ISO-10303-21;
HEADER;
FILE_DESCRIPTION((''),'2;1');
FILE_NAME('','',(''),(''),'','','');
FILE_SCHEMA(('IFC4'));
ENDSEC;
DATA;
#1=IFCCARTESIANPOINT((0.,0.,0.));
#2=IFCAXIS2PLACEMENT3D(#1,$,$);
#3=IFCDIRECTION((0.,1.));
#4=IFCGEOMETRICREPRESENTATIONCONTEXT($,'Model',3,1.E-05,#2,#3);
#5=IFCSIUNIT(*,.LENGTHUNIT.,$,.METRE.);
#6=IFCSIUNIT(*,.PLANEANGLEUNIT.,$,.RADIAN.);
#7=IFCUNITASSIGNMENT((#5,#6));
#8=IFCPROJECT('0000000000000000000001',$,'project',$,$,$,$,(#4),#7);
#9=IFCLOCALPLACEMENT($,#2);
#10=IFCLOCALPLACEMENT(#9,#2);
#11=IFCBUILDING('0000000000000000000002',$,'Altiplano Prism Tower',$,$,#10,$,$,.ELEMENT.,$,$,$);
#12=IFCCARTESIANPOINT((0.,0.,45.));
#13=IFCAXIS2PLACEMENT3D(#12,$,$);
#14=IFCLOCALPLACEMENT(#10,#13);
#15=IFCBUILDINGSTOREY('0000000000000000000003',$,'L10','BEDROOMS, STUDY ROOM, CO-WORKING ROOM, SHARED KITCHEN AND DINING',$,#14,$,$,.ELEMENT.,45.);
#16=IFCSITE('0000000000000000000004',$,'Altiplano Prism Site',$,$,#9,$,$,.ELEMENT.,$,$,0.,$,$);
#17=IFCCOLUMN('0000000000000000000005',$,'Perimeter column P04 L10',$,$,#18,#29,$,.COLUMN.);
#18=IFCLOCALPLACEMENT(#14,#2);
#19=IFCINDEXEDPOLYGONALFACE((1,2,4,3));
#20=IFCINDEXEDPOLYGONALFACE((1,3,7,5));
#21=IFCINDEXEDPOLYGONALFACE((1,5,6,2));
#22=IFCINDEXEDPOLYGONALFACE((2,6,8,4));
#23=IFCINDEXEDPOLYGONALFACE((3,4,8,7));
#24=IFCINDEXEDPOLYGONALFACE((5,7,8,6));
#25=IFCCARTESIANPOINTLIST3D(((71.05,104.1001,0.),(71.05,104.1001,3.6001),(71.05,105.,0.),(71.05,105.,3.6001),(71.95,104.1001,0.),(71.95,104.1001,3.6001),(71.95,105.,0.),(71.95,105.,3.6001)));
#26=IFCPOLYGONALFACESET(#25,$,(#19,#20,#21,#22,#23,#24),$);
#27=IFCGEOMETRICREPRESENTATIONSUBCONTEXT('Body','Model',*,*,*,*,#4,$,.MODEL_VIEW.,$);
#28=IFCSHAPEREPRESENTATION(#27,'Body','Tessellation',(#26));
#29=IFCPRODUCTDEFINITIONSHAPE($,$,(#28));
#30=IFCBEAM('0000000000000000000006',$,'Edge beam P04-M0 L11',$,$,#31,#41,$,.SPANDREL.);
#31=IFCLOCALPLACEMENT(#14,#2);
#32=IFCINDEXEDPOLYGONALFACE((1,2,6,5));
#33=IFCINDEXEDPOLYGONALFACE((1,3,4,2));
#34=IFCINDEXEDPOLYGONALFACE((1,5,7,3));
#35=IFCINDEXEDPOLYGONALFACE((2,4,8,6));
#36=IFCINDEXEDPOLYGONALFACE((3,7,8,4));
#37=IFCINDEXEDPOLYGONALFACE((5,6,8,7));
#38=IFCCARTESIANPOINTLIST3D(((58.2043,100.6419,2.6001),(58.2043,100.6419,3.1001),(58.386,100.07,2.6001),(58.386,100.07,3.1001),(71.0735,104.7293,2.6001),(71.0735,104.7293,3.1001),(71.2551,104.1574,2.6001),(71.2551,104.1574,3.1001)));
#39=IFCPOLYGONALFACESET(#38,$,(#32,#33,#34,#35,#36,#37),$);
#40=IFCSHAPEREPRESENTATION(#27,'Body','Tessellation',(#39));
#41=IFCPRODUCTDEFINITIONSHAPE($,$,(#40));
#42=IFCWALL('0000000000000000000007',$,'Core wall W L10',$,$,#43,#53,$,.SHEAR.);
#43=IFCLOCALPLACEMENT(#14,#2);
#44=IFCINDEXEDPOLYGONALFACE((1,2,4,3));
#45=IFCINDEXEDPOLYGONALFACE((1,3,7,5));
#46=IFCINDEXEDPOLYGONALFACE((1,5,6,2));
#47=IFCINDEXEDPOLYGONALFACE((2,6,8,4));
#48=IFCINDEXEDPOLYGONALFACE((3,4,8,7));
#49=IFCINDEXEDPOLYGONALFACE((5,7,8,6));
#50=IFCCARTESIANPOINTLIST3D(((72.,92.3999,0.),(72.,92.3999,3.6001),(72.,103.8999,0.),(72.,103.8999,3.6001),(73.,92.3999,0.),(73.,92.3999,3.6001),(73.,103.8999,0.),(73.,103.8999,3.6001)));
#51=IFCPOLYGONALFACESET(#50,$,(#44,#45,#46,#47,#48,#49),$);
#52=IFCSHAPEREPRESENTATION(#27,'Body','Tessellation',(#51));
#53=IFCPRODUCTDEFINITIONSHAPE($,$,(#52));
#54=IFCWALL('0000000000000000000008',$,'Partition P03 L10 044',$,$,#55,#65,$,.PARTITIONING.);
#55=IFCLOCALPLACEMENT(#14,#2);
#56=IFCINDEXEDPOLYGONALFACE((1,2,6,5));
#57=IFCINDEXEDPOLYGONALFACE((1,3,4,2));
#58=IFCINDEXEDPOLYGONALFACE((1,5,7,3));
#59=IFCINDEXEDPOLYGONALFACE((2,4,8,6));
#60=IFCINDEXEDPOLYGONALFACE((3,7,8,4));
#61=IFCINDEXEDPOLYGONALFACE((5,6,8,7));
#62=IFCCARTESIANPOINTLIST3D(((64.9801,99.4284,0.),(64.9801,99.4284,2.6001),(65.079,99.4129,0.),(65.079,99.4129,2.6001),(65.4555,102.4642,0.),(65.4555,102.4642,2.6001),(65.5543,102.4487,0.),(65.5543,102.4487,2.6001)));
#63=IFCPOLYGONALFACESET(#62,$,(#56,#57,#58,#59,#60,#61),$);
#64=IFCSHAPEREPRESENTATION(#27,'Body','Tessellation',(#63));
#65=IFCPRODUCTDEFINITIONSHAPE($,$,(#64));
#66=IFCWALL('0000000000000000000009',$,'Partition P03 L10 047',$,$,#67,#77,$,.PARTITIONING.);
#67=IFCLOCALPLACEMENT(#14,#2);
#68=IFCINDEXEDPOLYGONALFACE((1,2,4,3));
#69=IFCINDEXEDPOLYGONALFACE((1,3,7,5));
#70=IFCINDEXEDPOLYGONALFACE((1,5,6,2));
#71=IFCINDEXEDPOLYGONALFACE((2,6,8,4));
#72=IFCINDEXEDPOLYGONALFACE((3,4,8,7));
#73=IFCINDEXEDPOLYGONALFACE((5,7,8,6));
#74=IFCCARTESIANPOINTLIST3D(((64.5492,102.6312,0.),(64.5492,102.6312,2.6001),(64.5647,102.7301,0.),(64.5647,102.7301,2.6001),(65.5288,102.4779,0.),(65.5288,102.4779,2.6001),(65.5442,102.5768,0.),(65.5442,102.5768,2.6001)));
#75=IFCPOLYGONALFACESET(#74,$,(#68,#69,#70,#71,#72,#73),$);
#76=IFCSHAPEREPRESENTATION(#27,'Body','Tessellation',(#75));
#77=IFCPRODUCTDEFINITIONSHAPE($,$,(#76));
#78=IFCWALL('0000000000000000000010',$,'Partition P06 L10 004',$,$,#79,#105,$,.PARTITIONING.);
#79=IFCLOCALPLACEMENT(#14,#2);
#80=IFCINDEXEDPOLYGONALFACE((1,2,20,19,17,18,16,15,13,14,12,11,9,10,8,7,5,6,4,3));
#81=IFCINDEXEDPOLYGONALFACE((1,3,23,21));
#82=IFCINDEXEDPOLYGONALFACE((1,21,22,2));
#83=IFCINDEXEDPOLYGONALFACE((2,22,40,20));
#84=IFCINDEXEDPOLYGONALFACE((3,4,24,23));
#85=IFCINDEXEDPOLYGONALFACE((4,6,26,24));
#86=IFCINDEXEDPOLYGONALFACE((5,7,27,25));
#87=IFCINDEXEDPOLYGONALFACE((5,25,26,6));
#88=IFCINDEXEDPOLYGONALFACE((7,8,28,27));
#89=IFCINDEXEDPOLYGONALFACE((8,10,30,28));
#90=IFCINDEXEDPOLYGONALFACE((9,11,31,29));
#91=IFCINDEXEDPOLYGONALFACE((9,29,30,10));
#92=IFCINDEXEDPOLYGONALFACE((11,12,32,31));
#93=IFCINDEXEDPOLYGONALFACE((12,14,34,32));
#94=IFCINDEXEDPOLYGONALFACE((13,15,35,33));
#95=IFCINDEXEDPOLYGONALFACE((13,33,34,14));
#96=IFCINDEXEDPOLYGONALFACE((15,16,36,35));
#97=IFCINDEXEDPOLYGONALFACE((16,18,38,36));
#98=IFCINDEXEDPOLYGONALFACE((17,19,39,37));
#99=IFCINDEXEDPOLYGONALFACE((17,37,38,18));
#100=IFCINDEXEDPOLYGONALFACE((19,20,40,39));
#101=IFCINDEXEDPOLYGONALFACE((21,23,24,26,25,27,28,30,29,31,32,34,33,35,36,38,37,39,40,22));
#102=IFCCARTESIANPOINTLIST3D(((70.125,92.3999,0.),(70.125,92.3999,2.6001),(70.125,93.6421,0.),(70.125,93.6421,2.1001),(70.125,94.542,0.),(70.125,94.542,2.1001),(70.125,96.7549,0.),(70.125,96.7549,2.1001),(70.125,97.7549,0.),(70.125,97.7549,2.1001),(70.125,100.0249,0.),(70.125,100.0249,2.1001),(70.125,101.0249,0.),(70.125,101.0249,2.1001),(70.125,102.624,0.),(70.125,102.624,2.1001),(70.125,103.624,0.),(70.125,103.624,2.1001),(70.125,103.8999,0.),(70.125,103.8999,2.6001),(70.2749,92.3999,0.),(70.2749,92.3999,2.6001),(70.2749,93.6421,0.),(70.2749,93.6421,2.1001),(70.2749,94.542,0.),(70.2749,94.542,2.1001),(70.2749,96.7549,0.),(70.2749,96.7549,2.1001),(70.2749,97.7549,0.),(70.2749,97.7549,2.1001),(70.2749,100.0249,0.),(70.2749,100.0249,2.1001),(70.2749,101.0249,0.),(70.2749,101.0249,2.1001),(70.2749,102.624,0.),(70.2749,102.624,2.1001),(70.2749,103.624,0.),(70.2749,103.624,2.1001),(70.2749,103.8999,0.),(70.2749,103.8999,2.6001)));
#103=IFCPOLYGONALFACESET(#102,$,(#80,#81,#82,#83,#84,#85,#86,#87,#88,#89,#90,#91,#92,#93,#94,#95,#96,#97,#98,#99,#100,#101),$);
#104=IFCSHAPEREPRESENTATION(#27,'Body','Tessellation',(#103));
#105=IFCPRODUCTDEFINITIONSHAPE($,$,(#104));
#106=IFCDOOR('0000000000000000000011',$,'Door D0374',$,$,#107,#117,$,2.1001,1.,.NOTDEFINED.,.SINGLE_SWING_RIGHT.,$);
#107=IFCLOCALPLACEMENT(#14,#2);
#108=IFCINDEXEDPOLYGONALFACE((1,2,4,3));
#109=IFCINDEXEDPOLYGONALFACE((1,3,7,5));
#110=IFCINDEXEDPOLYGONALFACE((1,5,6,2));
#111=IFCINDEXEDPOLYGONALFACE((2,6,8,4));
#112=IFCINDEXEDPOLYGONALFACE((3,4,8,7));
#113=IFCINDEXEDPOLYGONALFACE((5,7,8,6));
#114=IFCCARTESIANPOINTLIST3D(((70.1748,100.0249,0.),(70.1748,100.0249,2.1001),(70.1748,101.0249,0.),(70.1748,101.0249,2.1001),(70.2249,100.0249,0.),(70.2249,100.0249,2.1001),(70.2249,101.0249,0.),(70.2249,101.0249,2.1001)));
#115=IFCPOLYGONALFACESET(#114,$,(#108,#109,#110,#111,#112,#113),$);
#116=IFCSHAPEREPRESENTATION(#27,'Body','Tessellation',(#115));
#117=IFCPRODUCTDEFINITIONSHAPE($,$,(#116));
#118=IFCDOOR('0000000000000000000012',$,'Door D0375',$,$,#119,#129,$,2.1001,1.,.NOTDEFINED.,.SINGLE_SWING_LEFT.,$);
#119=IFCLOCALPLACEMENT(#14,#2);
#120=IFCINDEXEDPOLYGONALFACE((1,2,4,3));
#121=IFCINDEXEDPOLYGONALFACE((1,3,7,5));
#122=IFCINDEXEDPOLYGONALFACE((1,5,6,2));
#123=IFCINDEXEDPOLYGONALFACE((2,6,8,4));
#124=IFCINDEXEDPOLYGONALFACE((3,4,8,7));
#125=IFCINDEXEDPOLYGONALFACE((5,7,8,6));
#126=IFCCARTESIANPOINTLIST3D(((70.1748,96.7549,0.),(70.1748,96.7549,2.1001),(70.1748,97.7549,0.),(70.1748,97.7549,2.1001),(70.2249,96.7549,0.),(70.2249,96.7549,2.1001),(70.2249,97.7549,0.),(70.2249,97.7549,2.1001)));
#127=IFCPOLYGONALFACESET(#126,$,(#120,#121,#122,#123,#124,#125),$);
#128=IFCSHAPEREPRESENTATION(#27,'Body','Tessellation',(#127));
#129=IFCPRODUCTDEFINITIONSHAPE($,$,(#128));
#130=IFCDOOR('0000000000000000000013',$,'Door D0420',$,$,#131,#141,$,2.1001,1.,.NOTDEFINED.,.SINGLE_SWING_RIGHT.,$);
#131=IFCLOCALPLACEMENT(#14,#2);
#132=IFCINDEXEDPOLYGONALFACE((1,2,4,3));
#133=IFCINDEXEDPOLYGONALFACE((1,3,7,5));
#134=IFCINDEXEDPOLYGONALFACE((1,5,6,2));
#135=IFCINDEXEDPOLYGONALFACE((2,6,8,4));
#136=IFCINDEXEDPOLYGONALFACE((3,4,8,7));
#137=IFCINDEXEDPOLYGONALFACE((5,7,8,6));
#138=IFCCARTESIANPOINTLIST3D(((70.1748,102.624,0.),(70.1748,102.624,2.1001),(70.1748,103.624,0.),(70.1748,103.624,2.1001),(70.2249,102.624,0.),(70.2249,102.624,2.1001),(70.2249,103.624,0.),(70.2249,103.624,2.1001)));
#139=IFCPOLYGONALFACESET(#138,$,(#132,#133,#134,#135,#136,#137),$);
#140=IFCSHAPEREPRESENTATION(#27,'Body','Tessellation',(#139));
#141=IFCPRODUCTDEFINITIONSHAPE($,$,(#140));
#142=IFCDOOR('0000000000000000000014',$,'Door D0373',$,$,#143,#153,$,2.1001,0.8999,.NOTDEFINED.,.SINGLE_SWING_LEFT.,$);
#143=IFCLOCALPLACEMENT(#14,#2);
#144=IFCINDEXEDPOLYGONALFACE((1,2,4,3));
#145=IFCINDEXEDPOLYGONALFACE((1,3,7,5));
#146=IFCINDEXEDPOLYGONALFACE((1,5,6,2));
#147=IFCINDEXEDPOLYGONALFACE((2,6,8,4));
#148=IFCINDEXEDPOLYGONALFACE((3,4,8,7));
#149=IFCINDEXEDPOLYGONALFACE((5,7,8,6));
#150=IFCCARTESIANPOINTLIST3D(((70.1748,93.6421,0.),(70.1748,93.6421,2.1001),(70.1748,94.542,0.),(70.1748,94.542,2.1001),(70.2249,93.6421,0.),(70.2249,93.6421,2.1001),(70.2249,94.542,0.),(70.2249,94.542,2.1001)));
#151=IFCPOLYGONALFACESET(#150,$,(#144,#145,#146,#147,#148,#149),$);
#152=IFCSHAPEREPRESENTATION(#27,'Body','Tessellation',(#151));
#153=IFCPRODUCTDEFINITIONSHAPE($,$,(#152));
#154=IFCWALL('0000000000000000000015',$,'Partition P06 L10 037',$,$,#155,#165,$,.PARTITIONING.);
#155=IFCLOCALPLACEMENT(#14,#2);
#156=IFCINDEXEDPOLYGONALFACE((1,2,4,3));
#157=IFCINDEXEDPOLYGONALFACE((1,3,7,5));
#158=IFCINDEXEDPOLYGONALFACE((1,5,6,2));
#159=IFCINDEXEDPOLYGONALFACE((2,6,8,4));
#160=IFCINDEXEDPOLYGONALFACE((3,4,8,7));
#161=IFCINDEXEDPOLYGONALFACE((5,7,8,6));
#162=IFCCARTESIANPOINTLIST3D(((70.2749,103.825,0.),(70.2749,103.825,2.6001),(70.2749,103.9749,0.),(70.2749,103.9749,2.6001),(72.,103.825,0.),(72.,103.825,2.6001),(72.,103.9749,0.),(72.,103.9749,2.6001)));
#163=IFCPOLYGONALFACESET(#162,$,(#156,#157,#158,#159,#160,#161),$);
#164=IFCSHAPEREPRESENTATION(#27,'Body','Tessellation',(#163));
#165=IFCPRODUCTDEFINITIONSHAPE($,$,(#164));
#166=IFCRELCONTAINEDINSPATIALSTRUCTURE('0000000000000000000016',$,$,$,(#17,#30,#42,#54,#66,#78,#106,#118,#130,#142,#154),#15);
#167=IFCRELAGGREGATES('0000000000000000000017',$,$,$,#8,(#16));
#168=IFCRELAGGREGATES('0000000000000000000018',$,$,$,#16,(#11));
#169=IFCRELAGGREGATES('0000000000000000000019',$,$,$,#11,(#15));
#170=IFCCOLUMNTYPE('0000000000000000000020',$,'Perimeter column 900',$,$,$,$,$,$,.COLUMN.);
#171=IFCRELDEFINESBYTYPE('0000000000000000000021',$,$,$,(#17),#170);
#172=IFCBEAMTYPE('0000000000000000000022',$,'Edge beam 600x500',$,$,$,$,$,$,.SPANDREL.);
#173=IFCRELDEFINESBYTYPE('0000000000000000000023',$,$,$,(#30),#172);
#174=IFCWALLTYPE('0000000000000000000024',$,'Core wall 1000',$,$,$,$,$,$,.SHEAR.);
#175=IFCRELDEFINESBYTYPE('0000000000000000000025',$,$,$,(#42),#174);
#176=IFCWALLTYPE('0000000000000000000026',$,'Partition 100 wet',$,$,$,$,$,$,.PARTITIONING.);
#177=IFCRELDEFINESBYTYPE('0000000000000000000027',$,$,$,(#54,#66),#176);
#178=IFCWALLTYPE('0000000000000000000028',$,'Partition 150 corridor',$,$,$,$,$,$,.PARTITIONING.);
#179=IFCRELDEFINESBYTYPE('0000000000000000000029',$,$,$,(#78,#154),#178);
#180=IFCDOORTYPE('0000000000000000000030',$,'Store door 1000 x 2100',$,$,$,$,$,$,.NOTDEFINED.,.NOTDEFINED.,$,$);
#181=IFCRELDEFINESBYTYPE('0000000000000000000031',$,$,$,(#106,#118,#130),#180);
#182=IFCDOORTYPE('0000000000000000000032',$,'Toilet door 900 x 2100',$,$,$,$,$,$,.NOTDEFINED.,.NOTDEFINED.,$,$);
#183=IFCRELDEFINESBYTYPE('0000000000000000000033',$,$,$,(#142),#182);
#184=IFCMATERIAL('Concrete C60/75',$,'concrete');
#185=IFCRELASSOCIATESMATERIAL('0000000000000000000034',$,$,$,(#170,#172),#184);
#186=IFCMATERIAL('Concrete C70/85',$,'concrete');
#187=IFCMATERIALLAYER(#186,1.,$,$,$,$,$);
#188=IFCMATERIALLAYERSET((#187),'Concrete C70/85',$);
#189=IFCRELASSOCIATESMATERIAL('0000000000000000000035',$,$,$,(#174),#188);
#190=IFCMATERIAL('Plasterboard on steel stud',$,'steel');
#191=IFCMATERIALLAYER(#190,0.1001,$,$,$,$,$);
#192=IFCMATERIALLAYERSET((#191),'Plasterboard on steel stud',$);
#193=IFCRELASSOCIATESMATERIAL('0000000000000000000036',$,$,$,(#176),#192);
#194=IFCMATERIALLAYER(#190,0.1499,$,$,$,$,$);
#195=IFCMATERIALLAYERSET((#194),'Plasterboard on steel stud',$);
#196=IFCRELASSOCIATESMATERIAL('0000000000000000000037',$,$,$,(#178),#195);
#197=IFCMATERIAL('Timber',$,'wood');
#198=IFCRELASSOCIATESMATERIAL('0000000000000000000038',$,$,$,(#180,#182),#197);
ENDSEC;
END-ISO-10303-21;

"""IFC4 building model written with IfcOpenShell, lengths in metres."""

from ifc_helpers import new_model, si_unit, direction, frame, frame_2d, origin, origin_2d, place, context, subcontext, project, spatial, rectangle, extrude, material, layer, layer_set, material_profile, profile_set, type_object, element, fill, save


model = new_model("IFC4")

# Units and contexts
model_context = context("Model", 3, precision=1e-05, world=origin(), true_north=direction((0.0, 1.0)))
body_context = subcontext(model_context, "Body", "Model", "MODEL_VIEW")
ifc_project = project(units=[si_unit("LENGTHUNIT", "METRE"), si_unit("PLANEANGLEUNIT", "RADIAN")], contexts=[model_context])

# Site, building, storey
site_placement = place(None, origin())
site = spatial("IfcSite", under=ifc_project, at=site_placement, Name="Altiplano Prism Site", CompositionType="ELEMENT", RefElevation=0.0)
building_placement = place(site_placement, origin())
building = spatial("IfcBuilding", under=site, at=building_placement, Name="Altiplano Prism Tower", CompositionType="ELEMENT")
storey_placement = place(building_placement, frame((0.0, 0.0, 45.0)))
storey = spatial("IfcBuildingStorey", under=building, at=storey_placement, Name="L10", Description="BEDROOMS, STUDY ROOM, CO-WORKING ROOM, SHARED KITCHEN AND DINING", CompositionType="ELEMENT", Elevation=45.0)

# Column
ifc_material_1 = material(Name="Concrete C60/75", Category="concrete")
ifc_material_profile_1 = material_profile(ifc_material_1, rectangle(XDim=0.8999, YDim=0.8999, at=origin_2d()), Name="Perimeter column 900")
ifc_profile_set_1 = profile_set([ifc_material_profile_1], Name="Concrete C60/75")
column_type = type_object("IfcColumnType", Name="Perimeter column 900", PredefinedType="COLUMN", material=ifc_profile_set_1)
column_placement = place(storey_placement, frame((71.5, 104.55, 0.0), z_axis=(0.0, 0.0, 1.0), x_axis=(1.0, 0.0, 0.0)))
element("IfcColumn", 1, at=column_placement, inside=storey, type_object=column_type, Name="Perimeter column P04 L10", PredefinedType="COLUMN", context=body_context, shape_type="SweptSolid", body=[
    extrude(rectangle(XDim=0.8999, YDim=0.8999, at=origin_2d()), origin(), (0.0, 0.0, 1.0), 3.6001),
])

# Beam
ifc_material_profile_2 = material_profile(ifc_material_1, rectangle(XDim=0.6001, YDim=0.5, at=origin_2d()), Name="Edge beam 600x500")
ifc_profile_set_2 = profile_set([ifc_material_profile_2], Name="Concrete C60/75")
beam_type = type_object("IfcBeamType", Name="Edge beam 600x500", PredefinedType="SPANDREL", material=ifc_profile_set_2)
beam_placement = place(storey_placement, frame((71.1643, 104.4434, 2.8501), z_axis=(-0.953082, -0.302711, 0.0), x_axis=(0.302711, -0.953082, 0.0)))
element("IfcBeam", 2, at=beam_placement, inside=storey, type_object=beam_type, Name="Edge beam P04-M0 L11", PredefinedType="SPANDREL", context=body_context, shape_type="SweptSolid", body=[
    extrude(rectangle(XDim=0.6001, YDim=0.5, at=origin_2d()), origin(), (0.0, 0.0, 1.0), 13.5027),
])

# Walls
ifc_material_2 = material(Name="Concrete C70/85", Category="concrete")
ifc_layer_1 = layer(ifc_material_2, 1.0)
ifc_layer_set_1 = layer_set([ifc_layer_1], Name="Concrete C70/85")
wall_type_1 = type_object("IfcWallType", Name="Core wall 1000", PredefinedType="SHEAR", material=ifc_layer_set_1)
wall_1_placement = place(storey_placement, frame((72.5, 103.8999, 0.0), z_axis=(0.0, 0.0, 1.0), x_axis=(0.0, -1.0, 0.0)))
element("IfcWall", 3, at=wall_1_placement, inside=storey, type_object=wall_type_1, Name="Core wall W L10", PredefinedType="SHEAR", context=body_context, shape_type="SweptSolid", body=[
    extrude(rectangle(XDim=11.5, YDim=1.0, at=frame_2d((5.75, 0.0))), origin(), (0.0, 0.0, 1.0), 3.6001),
])
ifc_material_3 = material(Name="Plasterboard on steel stud", Category="steel")
ifc_layer_2 = layer(ifc_material_3, 0.1001)
ifc_layer_set_2 = layer_set([ifc_layer_2], Name="Plasterboard on steel stud")
wall_type_2 = type_object("IfcWallType", Name="Partition 100 wet", PredefinedType="PARTITIONING", material=ifc_layer_set_2)
wall_2_placement = place(storey_placement, frame((65.0295, 99.4207, 0.0), z_axis=(0.0, 0.0, 1.0), x_axis=(0.154702, 0.987961, 0.0)))
element("IfcWall", 4, at=wall_2_placement, inside=storey, type_object=wall_type_2, Name="Partition P03 L10 044", PredefinedType="PARTITIONING", context=body_context, shape_type="SweptSolid", body=[
    extrude(rectangle(XDim=3.0728, YDim=0.1001, at=frame_2d((1.5364, 0.0))), origin(), (0.0, 0.0, 1.0), 2.6001),
])
wall_3_placement = place(storey_placement, frame((65.5364, 102.5273, 0.0), z_axis=(0.0, 0.0, 1.0), x_axis=(-0.98797, 0.154647, 0.0)))
element("IfcWall", 5, at=wall_3_placement, inside=storey, type_object=wall_type_2, Name="Partition P03 L10 047", PredefinedType="PARTITIONING", context=body_context, shape_type="SweptSolid", body=[
    extrude(rectangle(XDim=0.9915, YDim=0.1001, at=frame_2d((0.4956, 0.0))), origin(), (0.0, 0.0, 1.0), 2.6001),
])

# Wall, openings, doors
ifc_layer_3 = layer(ifc_material_3, 0.1499)
ifc_layer_set_3 = layer_set([ifc_layer_3], Name="Plasterboard on steel stud")
wall_type_3 = type_object("IfcWallType", Name="Partition 150 corridor", PredefinedType="PARTITIONING", material=ifc_layer_set_3)
wall_4_placement = place(storey_placement, frame((70.2, 103.8999, 0.0), z_axis=(0.0, 0.0, 1.0), x_axis=(0.0, -1.0, 0.0)))
wall_4 = element("IfcWall", 6, at=wall_4_placement, inside=storey, type_object=wall_type_3, Name="Partition P06 L10 004", PredefinedType="PARTITIONING", context=body_context, shape_type="SweptSolid", body=[
    extrude(rectangle(XDim=11.5, YDim=0.1499, at=frame_2d((5.75, 0.0))), origin(), (0.0, 0.0, 1.0), 2.6001),
])
opening_1_placement = place(wall_4_placement, frame((9.3579, 0.0, 0.0)))
opening_1 = element("IfcOpeningElement", 7, at=opening_1_placement, cuts=wall_4, PredefinedType="OPENING", context=body_context, shape_type="SweptSolid", body=[
    extrude(rectangle(XDim=0.8999, YDim=2.1001, at=frame_2d((0.45, 1.05))), frame((0.0, 0.0854, 0.0), z_axis=(0.0, -1.0, 0.0), x_axis=(1.0, 0.0, 0.0)), (0.0, 0.0, 1.0), 0.1709),
])
opening_2_placement = place(wall_4_placement, frame((2.875, 0.0, 0.0)))
opening_2 = element("IfcOpeningElement", 8, at=opening_2_placement, cuts=wall_4, PredefinedType="OPENING", context=body_context, shape_type="SweptSolid", body=[
    extrude(rectangle(XDim=1.0, YDim=2.1001, at=frame_2d((0.5, 1.05))), frame((0.0, 0.0854, 0.0), z_axis=(0.0, -1.0, 0.0), x_axis=(1.0, 0.0, 0.0)), (0.0, 0.0, 1.0), 0.1709),
])
opening_3_placement = place(wall_4_placement, frame((6.145, 0.0, 0.0)))
opening_3 = element("IfcOpeningElement", 9, at=opening_3_placement, cuts=wall_4, PredefinedType="OPENING", context=body_context, shape_type="SweptSolid", body=[
    extrude(rectangle(XDim=1.0, YDim=2.1001, at=frame_2d((0.5, 1.05))), frame((0.0, 0.0854, 0.0), z_axis=(0.0, -1.0, 0.0), x_axis=(1.0, 0.0, 0.0)), (0.0, 0.0, 1.0), 0.1709),
])
opening_4_placement = place(wall_4_placement, frame((0.2759, 0.0, 0.0)))
opening_4 = element("IfcOpeningElement", 10, at=opening_4_placement, cuts=wall_4, PredefinedType="OPENING", context=body_context, shape_type="SweptSolid", body=[
    extrude(rectangle(XDim=1.0, YDim=2.1001, at=frame_2d((0.5, 1.05))), frame((0.0, 0.0854, 0.0), z_axis=(0.0, -1.0, 0.0), x_axis=(1.0, 0.0, 0.0)), (0.0, 0.0, 1.0), 0.1709),
])
ifc_material_4 = material(Name="Timber", Category="wood")
door_type_1 = type_object("IfcDoorType", Name="Store door 1000 x 2100", OperationType="NOTDEFINED", PredefinedType="NOTDEFINED", material=ifc_material_4)
door_1_placement = place(opening_2_placement, origin())
door_1 = element("IfcDoor", 11, at=door_1_placement, inside=storey, type_object=door_type_1, Name="Door D0374", OperationType="SINGLE_SWING_RIGHT", OverallHeight=2.1001, OverallWidth=1.0, PredefinedType="NOTDEFINED", context=body_context, shape_type="SweptSolid", body=[
    extrude(rectangle(XDim=1.0, YDim=2.1001, at=frame_2d((0.5, 1.05))), frame((0.0, 0.0249, 0.0), z_axis=(0.0, -1.0, 0.0), x_axis=(1.0, 0.0, 0.0)), (0.0, 0.0, 1.0), 0.05),
])
fill(opening_2, door_1)
door_2_placement = place(opening_3_placement, origin())
door_2 = element("IfcDoor", 12, at=door_2_placement, inside=storey, type_object=door_type_1, Name="Door D0375", OperationType="SINGLE_SWING_LEFT", OverallHeight=2.1001, OverallWidth=1.0, PredefinedType="NOTDEFINED", context=body_context, shape_type="SweptSolid", body=[
    extrude(rectangle(XDim=1.0, YDim=2.1001, at=frame_2d((0.5, 1.05))), frame((0.0, 0.0249, 0.0), z_axis=(0.0, -1.0, 0.0), x_axis=(1.0, 0.0, 0.0)), (0.0, 0.0, 1.0), 0.05),
])
fill(opening_3, door_2)
door_3_placement = place(opening_4_placement, origin())
door_3 = element("IfcDoor", 13, at=door_3_placement, inside=storey, type_object=door_type_1, Name="Door D0420", OperationType="SINGLE_SWING_RIGHT", OverallHeight=2.1001, OverallWidth=1.0, PredefinedType="NOTDEFINED", context=body_context, shape_type="SweptSolid", body=[
    extrude(rectangle(XDim=1.0, YDim=2.1001, at=frame_2d((0.5, 1.05))), frame((0.0, 0.0249, 0.0), z_axis=(0.0, -1.0, 0.0), x_axis=(1.0, 0.0, 0.0)), (0.0, 0.0, 1.0), 0.05),
])
fill(opening_4, door_3)
door_type_2 = type_object("IfcDoorType", Name="Toilet door 900 x 2100", OperationType="NOTDEFINED", PredefinedType="NOTDEFINED", material=ifc_material_4)
door_4_placement = place(opening_1_placement, origin())
door_4 = element("IfcDoor", 14, at=door_4_placement, inside=storey, type_object=door_type_2, Name="Door D0373", OperationType="SINGLE_SWING_LEFT", OverallHeight=2.1001, OverallWidth=0.8999, PredefinedType="NOTDEFINED", context=body_context, shape_type="SweptSolid", body=[
    extrude(rectangle(XDim=0.8999, YDim=2.1001, at=frame_2d((0.45, 1.05))), frame((0.0, 0.0249, 0.0), z_axis=(0.0, -1.0, 0.0), x_axis=(1.0, 0.0, 0.0)), (0.0, 0.0, 1.0), 0.05),
])
fill(opening_1, door_4)

# Wall
wall_5_placement = place(storey_placement, frame((72.0, 103.8999, 0.0), z_axis=(0.0, 0.0, 1.0), x_axis=(-1.0, 0.0, 0.0)))
element("IfcWall", 15, at=wall_5_placement, inside=storey, type_object=wall_type_3, Name="Partition P06 L10 037", PredefinedType="PARTITIONING", context=body_context, shape_type="SweptSolid", body=[
    extrude(rectangle(XDim=1.7251, YDim=0.1499, at=frame_2d((0.8625, 0.0))), origin(), (0.0, 0.0, 1.0), 2.6001),
])

save(model, "model.ifc")
